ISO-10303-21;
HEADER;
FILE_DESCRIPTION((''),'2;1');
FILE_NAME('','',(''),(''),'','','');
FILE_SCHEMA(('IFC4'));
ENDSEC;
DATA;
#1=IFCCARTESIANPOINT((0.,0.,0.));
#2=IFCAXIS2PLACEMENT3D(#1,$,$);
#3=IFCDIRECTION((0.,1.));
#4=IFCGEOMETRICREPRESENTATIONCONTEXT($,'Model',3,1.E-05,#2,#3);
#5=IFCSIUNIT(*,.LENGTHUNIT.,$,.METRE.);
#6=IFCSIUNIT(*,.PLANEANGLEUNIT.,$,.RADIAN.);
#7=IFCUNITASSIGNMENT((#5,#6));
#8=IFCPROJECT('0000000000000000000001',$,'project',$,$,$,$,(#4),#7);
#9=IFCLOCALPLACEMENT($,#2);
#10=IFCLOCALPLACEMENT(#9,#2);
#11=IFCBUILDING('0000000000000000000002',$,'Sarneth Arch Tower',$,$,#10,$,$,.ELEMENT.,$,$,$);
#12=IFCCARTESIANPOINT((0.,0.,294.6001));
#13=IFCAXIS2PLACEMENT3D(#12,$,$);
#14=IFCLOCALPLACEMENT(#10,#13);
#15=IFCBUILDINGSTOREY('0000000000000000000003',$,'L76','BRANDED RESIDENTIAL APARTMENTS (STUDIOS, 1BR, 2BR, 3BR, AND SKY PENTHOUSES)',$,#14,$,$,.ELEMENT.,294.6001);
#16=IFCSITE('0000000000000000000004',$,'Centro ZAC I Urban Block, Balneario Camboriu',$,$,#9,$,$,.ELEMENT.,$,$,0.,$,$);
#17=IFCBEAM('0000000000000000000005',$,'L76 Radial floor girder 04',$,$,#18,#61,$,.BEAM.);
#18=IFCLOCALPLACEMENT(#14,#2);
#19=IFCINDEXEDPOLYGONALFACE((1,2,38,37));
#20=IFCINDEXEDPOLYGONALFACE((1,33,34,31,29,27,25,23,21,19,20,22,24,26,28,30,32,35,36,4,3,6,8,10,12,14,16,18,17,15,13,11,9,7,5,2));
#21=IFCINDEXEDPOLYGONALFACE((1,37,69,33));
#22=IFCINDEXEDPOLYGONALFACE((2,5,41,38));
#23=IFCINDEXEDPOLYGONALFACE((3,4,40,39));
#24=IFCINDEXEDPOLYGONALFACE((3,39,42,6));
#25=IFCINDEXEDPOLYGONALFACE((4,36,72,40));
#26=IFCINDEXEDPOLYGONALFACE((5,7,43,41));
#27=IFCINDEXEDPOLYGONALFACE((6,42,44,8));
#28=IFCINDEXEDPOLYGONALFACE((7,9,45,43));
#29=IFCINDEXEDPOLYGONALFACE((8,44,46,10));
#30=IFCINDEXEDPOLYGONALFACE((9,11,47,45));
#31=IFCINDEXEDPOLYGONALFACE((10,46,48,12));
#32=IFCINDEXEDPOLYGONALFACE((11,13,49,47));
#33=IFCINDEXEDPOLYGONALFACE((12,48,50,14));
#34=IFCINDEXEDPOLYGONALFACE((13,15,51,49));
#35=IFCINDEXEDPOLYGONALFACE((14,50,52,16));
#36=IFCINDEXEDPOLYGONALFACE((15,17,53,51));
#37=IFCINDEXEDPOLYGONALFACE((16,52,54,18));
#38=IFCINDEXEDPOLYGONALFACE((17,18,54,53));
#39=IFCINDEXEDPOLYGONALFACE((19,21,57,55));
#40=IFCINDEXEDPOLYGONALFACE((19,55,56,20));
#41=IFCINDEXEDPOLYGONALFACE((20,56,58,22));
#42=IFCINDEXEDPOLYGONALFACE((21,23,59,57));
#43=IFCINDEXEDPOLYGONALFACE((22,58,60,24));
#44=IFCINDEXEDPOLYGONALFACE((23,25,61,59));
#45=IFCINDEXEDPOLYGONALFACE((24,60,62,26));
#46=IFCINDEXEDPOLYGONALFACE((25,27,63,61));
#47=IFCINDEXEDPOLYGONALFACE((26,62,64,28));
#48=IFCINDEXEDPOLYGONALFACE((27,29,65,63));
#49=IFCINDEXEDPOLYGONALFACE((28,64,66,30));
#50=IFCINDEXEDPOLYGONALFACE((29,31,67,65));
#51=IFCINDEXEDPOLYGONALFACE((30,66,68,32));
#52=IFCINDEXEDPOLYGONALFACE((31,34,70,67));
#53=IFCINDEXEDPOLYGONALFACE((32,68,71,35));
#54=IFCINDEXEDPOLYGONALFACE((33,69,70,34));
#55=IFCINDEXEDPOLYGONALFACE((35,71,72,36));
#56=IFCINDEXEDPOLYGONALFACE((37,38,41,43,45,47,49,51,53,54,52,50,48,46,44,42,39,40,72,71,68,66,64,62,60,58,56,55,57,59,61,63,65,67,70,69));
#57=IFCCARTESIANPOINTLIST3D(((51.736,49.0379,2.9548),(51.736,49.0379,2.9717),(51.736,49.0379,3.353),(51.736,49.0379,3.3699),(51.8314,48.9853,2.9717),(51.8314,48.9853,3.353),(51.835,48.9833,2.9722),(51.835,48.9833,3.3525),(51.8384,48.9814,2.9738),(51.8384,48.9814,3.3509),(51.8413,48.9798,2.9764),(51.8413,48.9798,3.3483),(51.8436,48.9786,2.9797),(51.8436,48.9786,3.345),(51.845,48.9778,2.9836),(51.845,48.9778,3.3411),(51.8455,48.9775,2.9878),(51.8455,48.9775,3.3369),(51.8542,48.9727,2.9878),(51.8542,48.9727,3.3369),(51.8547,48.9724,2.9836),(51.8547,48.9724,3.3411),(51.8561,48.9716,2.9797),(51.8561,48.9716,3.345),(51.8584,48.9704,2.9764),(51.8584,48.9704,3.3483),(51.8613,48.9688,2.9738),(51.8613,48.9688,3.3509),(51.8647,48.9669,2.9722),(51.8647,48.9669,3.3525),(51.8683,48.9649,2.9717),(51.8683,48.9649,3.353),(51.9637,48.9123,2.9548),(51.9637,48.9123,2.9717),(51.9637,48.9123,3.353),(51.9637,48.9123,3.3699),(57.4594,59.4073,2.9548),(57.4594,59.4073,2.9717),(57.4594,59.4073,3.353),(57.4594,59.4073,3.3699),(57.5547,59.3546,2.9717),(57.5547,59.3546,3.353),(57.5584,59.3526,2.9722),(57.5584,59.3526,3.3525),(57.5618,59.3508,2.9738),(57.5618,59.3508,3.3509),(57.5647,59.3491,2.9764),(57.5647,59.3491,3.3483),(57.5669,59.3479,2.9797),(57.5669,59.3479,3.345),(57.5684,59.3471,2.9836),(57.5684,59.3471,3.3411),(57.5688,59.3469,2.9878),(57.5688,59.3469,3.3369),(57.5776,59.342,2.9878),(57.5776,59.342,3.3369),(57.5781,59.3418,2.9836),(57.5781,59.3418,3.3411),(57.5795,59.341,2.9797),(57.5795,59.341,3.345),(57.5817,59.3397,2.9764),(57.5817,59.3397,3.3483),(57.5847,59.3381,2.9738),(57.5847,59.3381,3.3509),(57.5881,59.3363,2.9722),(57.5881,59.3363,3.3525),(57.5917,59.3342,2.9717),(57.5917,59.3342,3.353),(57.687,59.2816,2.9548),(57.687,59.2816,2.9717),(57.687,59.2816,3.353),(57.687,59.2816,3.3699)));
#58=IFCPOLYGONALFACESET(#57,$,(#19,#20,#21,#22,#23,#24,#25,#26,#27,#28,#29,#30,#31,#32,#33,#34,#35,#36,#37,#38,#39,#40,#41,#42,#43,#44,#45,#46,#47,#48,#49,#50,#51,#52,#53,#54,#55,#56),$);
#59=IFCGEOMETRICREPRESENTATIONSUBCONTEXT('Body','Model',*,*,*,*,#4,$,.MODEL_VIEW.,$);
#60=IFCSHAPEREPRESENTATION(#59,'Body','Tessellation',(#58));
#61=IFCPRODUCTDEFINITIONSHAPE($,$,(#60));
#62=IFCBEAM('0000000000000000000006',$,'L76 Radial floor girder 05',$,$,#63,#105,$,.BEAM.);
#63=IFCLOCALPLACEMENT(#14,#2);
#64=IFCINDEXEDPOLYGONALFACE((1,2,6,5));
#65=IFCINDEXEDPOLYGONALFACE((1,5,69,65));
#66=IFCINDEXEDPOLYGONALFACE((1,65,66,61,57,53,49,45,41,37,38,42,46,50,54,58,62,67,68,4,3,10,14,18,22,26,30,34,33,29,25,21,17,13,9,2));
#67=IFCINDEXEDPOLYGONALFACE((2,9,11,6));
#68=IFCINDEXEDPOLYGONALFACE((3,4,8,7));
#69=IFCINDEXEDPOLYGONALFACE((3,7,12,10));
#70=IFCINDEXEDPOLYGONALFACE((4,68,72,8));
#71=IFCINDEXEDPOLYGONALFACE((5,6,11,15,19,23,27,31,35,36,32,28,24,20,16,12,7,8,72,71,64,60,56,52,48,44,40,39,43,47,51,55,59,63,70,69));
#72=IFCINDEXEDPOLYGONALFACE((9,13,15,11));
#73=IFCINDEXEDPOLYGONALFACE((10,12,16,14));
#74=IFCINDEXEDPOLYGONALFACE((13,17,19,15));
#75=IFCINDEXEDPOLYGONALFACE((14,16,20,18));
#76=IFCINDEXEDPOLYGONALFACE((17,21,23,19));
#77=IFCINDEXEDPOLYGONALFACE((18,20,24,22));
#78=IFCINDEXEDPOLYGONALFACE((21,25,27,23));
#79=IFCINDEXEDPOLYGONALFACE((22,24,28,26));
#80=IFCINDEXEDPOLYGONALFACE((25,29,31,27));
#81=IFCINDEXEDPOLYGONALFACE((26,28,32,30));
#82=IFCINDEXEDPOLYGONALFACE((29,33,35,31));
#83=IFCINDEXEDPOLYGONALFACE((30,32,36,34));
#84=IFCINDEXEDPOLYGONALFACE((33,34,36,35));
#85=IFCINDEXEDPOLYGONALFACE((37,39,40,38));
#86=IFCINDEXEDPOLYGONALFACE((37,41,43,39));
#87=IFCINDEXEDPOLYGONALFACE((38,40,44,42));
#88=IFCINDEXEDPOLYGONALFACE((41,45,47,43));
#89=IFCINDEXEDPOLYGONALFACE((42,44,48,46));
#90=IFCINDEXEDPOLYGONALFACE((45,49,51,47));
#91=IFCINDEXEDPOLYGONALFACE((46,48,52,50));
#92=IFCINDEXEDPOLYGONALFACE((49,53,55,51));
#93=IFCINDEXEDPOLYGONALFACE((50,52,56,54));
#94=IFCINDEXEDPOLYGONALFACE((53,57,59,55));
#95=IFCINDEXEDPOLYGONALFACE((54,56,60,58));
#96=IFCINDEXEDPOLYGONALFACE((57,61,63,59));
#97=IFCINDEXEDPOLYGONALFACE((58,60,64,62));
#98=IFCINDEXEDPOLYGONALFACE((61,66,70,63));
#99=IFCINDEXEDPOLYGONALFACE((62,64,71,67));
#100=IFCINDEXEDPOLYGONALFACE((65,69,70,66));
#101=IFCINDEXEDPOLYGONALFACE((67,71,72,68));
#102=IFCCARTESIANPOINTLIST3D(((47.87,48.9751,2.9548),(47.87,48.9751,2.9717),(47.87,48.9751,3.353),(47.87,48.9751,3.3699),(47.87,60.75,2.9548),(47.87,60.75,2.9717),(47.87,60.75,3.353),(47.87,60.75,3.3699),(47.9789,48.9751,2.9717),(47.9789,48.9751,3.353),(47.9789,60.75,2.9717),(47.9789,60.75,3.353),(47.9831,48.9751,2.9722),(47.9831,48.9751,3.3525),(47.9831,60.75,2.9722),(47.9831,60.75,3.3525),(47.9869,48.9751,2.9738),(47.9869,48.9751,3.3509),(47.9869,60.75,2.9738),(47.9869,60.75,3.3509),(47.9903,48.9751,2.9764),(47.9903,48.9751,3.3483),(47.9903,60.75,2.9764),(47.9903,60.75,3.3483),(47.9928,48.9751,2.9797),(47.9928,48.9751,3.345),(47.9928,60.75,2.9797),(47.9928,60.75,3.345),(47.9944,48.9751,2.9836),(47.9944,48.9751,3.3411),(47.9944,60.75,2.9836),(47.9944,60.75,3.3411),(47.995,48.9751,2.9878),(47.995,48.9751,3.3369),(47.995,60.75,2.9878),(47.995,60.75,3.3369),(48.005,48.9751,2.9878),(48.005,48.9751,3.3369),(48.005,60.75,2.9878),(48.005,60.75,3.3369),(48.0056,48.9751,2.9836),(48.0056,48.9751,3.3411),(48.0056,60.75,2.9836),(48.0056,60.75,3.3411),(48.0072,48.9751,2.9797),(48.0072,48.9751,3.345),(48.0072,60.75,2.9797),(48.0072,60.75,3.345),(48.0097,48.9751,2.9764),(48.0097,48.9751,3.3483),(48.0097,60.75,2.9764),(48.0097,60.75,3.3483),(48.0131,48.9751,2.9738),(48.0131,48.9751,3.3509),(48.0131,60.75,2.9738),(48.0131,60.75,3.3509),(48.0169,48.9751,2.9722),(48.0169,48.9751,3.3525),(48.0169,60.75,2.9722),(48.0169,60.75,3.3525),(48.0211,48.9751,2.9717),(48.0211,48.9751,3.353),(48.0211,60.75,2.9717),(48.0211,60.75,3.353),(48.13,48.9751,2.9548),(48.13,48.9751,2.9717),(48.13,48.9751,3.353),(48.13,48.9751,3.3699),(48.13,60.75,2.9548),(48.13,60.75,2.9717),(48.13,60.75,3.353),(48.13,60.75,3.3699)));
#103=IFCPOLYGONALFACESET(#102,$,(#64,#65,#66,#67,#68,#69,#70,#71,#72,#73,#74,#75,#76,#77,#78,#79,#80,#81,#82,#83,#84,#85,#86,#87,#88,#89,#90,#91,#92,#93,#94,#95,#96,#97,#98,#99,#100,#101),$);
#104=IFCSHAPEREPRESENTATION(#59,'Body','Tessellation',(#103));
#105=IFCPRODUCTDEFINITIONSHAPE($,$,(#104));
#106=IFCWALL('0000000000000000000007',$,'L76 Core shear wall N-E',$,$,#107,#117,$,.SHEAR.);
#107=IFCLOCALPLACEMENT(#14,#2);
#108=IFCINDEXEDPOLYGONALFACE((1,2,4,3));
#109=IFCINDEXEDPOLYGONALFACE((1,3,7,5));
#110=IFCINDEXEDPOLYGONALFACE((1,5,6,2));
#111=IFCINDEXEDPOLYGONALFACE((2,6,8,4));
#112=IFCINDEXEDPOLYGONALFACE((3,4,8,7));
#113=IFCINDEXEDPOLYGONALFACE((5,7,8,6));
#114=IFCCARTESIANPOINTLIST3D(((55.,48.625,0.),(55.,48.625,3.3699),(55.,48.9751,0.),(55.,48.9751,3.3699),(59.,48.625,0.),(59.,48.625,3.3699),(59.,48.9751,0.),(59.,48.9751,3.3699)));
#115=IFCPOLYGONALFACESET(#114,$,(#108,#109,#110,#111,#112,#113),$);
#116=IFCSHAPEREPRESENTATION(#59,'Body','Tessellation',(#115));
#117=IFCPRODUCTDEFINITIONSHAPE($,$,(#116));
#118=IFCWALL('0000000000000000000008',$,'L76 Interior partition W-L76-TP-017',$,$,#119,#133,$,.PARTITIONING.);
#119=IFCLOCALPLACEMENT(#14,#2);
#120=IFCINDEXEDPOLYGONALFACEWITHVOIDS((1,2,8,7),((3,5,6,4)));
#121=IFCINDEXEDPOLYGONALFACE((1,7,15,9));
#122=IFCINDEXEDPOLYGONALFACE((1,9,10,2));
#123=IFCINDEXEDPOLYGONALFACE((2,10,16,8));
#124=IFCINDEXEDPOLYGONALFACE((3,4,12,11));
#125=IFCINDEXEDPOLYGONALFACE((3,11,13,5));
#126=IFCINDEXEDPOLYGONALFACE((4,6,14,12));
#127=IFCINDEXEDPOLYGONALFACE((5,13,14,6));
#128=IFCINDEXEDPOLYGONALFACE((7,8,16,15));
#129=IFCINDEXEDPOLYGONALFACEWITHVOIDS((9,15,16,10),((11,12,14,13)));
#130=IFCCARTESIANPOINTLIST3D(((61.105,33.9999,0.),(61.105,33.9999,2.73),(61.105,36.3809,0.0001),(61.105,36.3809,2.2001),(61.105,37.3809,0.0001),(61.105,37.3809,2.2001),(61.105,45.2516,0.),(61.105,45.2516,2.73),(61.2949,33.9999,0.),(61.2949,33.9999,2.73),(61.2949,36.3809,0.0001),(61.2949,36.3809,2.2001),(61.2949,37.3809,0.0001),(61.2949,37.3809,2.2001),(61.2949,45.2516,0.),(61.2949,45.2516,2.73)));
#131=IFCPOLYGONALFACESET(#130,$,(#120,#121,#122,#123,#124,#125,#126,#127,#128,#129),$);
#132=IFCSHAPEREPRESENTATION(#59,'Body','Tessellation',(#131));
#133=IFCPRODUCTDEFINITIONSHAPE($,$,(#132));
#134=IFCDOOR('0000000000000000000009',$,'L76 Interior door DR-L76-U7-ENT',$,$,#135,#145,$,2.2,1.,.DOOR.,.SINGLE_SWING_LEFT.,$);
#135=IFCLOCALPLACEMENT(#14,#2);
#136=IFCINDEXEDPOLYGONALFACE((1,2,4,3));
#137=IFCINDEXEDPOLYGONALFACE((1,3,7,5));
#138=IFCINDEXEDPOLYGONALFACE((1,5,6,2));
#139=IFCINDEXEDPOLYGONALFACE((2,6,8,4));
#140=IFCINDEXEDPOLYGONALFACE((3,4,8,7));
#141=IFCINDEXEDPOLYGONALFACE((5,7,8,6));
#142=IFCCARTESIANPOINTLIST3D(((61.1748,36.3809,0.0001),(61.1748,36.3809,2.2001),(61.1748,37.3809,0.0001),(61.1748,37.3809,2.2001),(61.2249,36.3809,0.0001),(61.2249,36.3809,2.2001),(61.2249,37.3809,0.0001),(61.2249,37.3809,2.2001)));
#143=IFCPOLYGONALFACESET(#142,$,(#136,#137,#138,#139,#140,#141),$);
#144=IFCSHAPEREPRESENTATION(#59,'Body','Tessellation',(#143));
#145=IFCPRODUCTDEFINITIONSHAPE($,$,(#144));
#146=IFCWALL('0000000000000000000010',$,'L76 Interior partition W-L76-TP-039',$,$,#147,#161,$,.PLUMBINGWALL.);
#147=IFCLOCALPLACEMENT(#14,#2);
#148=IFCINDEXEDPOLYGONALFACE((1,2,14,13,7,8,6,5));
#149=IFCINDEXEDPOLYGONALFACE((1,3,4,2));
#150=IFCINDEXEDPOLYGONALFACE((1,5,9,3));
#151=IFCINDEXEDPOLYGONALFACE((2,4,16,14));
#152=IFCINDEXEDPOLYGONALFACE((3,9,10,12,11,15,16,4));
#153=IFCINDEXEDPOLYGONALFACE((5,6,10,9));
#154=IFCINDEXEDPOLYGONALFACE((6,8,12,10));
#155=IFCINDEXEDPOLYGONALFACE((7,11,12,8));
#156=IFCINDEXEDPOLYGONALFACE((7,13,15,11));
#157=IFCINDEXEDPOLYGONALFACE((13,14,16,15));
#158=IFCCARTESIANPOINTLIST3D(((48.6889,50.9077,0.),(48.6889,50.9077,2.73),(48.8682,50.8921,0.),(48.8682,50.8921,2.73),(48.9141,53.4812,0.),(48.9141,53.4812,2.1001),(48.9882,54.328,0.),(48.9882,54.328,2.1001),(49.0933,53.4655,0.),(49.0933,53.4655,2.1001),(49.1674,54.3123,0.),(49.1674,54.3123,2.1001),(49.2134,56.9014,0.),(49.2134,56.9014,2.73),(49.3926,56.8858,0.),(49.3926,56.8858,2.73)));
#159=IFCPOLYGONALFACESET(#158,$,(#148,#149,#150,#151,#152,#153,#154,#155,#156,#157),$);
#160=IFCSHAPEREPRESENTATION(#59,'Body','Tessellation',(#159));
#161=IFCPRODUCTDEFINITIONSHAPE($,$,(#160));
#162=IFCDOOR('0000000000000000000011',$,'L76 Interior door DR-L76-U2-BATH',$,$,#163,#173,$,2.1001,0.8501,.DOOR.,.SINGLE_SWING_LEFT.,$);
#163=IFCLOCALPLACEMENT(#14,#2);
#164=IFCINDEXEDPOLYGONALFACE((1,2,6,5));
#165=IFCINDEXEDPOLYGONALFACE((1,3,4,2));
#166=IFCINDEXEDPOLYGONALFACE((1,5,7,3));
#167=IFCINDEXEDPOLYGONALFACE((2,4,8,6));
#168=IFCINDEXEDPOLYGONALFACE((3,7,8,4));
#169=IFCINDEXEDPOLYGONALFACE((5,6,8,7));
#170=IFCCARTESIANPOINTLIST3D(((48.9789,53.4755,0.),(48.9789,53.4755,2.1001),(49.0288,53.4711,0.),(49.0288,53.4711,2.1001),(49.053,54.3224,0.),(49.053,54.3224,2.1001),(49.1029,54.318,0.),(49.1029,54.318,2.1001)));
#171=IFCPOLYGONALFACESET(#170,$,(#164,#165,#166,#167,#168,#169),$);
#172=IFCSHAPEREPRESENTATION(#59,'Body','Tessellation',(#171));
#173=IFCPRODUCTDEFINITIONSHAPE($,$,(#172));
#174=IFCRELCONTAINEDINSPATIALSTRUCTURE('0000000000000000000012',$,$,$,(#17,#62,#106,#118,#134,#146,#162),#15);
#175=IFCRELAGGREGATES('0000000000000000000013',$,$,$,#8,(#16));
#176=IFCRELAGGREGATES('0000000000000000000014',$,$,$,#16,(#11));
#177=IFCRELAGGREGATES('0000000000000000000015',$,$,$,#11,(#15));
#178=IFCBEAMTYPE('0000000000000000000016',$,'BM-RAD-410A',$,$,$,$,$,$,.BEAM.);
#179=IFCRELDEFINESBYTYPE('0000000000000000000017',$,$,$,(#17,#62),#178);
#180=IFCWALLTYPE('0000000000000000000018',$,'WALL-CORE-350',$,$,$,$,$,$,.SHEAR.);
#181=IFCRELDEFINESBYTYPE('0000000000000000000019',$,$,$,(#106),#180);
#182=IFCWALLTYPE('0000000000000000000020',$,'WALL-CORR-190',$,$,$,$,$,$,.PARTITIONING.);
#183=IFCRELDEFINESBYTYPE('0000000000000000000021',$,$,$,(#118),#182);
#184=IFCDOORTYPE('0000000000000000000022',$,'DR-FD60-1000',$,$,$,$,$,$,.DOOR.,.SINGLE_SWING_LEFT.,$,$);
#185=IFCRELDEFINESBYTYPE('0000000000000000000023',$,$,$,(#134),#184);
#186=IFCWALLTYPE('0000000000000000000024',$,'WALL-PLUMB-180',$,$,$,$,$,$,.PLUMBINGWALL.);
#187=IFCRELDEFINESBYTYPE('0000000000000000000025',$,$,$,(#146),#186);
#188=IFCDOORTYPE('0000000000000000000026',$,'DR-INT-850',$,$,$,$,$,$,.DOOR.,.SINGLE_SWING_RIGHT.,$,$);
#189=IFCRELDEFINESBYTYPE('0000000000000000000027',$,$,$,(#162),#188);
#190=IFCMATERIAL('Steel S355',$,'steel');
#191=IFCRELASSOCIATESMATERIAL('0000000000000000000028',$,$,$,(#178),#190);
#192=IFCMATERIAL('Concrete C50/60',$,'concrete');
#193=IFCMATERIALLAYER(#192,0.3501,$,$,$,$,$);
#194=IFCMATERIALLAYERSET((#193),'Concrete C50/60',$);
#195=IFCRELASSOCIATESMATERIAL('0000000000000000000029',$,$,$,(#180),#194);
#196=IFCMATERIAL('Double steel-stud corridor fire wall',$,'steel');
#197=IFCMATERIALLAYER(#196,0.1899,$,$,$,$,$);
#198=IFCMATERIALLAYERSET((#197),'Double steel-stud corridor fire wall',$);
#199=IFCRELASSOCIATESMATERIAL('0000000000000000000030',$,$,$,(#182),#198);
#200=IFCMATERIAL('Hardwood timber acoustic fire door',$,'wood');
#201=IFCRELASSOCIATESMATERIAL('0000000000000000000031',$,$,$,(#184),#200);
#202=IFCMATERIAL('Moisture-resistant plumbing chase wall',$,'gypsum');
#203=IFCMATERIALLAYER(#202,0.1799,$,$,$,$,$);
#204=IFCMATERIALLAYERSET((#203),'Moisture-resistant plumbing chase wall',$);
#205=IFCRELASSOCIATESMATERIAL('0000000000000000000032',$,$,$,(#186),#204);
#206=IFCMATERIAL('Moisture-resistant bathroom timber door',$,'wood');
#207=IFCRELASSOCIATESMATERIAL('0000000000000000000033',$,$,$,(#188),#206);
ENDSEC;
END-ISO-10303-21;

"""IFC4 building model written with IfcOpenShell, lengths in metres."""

from ifc_helpers import new_model, si_unit, direction, frame, frame_2d, origin, origin_2d, place, context, subcontext, project, spatial, rectangle, i_section, extrude, material, layer, layer_set, material_profile, profile_set, type_object, element, fill, save


model = new_model("IFC4")

# Units and contexts
model_context = context("Model", 3, precision=1e-05, world=origin(), true_north=direction((0.0, 1.0)))
body_context = subcontext(model_context, "Body", "Model", "MODEL_VIEW")
ifc_project = project(units=[si_unit("LENGTHUNIT", "METRE"), si_unit("PLANEANGLEUNIT", "RADIAN")], contexts=[model_context])

# Site, building, storey
site_placement = place(None, origin())
site = spatial("IfcSite", under=ifc_project, at=site_placement, Name="Centro ZAC I Urban Block, Balneario Camboriu", CompositionType="ELEMENT", RefElevation=0.0)
building_placement = place(site_placement, origin())
building = spatial("IfcBuilding", under=site, at=building_placement, Name="Sarneth Arch Tower", CompositionType="ELEMENT")
storey_placement = place(building_placement, frame((0.0, 0.0, 294.6001)))
storey = spatial("IfcBuildingStorey", under=building, at=storey_placement, Name="L76", Description="BRANDED RESIDENTIAL APARTMENTS (STUDIOS, 1BR, 2BR, 3BR, AND SKY PENTHOUSES)", CompositionType="ELEMENT", Elevation=294.6001)

# Beams
ifc_material_1 = material(Name="Steel S355", Category="steel")
ifc_material_profile_1 = material_profile(ifc_material_1, i_section(OverallWidth=0.26, OverallDepth=0.415, WebThickness=0.01, FlangeThickness=0.0168, FilletRadius=0.0161, at=origin_2d()), Name="W410x100")
ifc_profile_set_1 = profile_set([ifc_material_profile_1], Name="Steel S355")
beam_type_1 = type_object("IfcBeamType", Name="BM-RAD-410A", PredefinedType="BEAM", material=ifc_profile_set_1)
beam_1_placement = place(storey_placement, frame((51.8499, 48.9751, 3.1624), z_axis=(0.483229, 0.875494, 0.0), x_axis=(-0.875494, 0.483229, 0.0)))
element("IfcBeam", 1, at=beam_1_placement, inside=storey, type_object=beam_type_1, Name="L76 Radial floor girder 04", PredefinedType="BEAM", context=body_context, shape_type="SweptSolid", body=[
    extrude(i_section(OverallWidth=0.26, OverallDepth=0.415, WebThickness=0.01, FlangeThickness=0.0168, FilletRadius=0.0161, at=origin_2d()), origin(), (0.0, 0.0, 1.0), 11.844),
])
beam_2_placement = place(storey_placement, frame((48.0, 48.9751, 3.1624), z_axis=(0.0, 1.0, 0.0), x_axis=(-1.0, 0.0, 0.0)))
element("IfcBeam", 2, at=beam_2_placement, inside=storey, type_object=beam_type_1, Name="L76 Radial floor girder 05", PredefinedType="BEAM", context=body_context, shape_type="SweptSolid", body=[
    extrude(i_section(OverallWidth=0.26, OverallDepth=0.415, WebThickness=0.01, FlangeThickness=0.0168, FilletRadius=0.0161, at=origin_2d()), origin(), (0.0, 0.0, 1.0), 11.7749),
])

# Wall
ifc_material_2 = material(Name="Concrete C50/60", Category="concrete")
ifc_layer_1 = layer(ifc_material_2, 0.3501)
ifc_layer_set_1 = layer_set([ifc_layer_1], Name="Concrete C50/60")
wall_type_1 = type_object("IfcWallType", Name="WALL-CORE-350", PredefinedType="SHEAR", material=ifc_layer_set_1)
wall_1_placement = place(storey_placement, frame((55.0, 48.8, 0.0), z_axis=(0.0, 0.0, 1.0), x_axis=(1.0, 0.0, 0.0)))
element("IfcWall", 3, at=wall_1_placement, inside=storey, type_object=wall_type_1, Name="L76 Core shear wall N-E", PredefinedType="SHEAR", context=body_context, shape_type="SweptSolid", body=[
    extrude(rectangle(XDim=4.0, YDim=0.3501, at=frame_2d((2.0, 0.0))), origin(), (0.0, 0.0, 1.0), 3.3699),
])

# Walls, openings, doors
ifc_material_3 = material(Name="Double steel-stud corridor fire wall", Category="steel")
ifc_layer_2 = layer(ifc_material_3, 0.1899)
ifc_layer_set_2 = layer_set([ifc_layer_2], Name="Double steel-stud corridor fire wall")
wall_type_2 = type_object("IfcWallType", Name="WALL-CORR-190", PredefinedType="PARTITIONING", material=ifc_layer_set_2)
wall_2_placement = place(storey_placement, frame((61.2, 45.2517, 0.0), z_axis=(0.0, 0.0, 1.0), x_axis=(0.0, -1.0, 0.0)))
wall_2 = element("IfcWall", 4, at=wall_2_placement, inside=storey, type_object=wall_type_2, Name="L76 Interior partition W-L76-TP-017", PredefinedType="PARTITIONING", context=body_context, shape_type="SweptSolid", body=[
    extrude(rectangle(XDim=11.2517, YDim=0.1899, at=frame_2d((5.626, 0.0))), origin(), (0.0, 0.0, 1.0), 2.73),
])
opening_1_placement = place(wall_2_placement, frame((7.8708, 0.0, 0.0)))
opening_1 = element("IfcOpeningElement", 5, at=opening_1_placement, cuts=wall_2, PredefinedType="OPENING", context=body_context, shape_type="SweptSolid", body=[
    extrude(rectangle(XDim=1.0, YDim=2.2, at=frame_2d((0.5, 1.1001))), frame((0.0, 0.105, 0.0), z_axis=(0.0, -1.0, 0.0), x_axis=(1.0, 0.0, 0.0)), (0.0, 0.0, 1.0), 0.21),
])
ifc_material_4 = material(Name="Hardwood timber acoustic fire door", Category="wood")
door_type_1 = type_object("IfcDoorType", Name="DR-FD60-1000", OperationType="SINGLE_SWING_LEFT", PredefinedType="DOOR", material=ifc_material_4)
door_1_placement = place(opening_1_placement, origin())
door_1 = element("IfcDoor", 6, at=door_1_placement, inside=storey, type_object=door_type_1, Name="L76 Interior door DR-L76-U7-ENT", OperationType="SINGLE_SWING_LEFT", OverallHeight=2.2, OverallWidth=1.0, PredefinedType="DOOR", context=body_context, shape_type="SweptSolid", body=[
    extrude(rectangle(XDim=1.0, YDim=2.2, at=frame_2d((0.5, 1.1001))), frame((0.0, 0.0249, 0.0), z_axis=(0.0, -1.0, 0.0), x_axis=(1.0, 0.0, 0.0)), (0.0, 0.0, 1.0), 0.05),
])
fill(opening_1, door_1)
ifc_material_5 = material(Name="Moisture-resistant plumbing chase wall", Category="gypsum")
ifc_layer_3 = layer(ifc_material_5, 0.1799)
ifc_layer_set_3 = layer_set([ifc_layer_3], Name="Moisture-resistant plumbing chase wall")
wall_type_3 = type_object("IfcWallType", Name="WALL-PLUMB-180", PredefinedType="PLUMBINGWALL", material=ifc_layer_set_3)
wall_3_placement = place(storey_placement, frame((48.7786, 50.8999, 0.0), z_axis=(0.0, 0.0, 1.0), x_axis=(0.087162, 0.996194, 0.0)))
wall_3 = element("IfcWall", 7, at=wall_3_placement, inside=storey, type_object=wall_type_3, Name="L76 Interior partition W-L76-TP-039", PredefinedType="PLUMBINGWALL", context=body_context, shape_type="SweptSolid", body=[
    extrude(rectangle(XDim=6.0166, YDim=0.1799, at=frame_2d((3.0083, 0.0))), origin(), (0.0, 0.0, 1.0), 2.73),
])
opening_2_placement = place(wall_3_placement, frame((2.5833, 0.0, 0.0)))
opening_2 = element("IfcOpeningElement", 8, at=opening_2_placement, cuts=wall_3, PredefinedType="OPENING", context=body_context, shape_type="SweptSolid", body=[
    extrude(rectangle(XDim=0.8501, YDim=2.1001, at=frame_2d((0.425, 1.05))), frame((0.0, 0.0999, 0.0), z_axis=(0.0, -1.0, 0.0), x_axis=(1.0, 0.0, 0.0)), (0.0, 0.0, 1.0), 0.2),
])
ifc_material_6 = material(Name="Moisture-resistant bathroom timber door", Category="wood")
door_type_2 = type_object("IfcDoorType", Name="DR-INT-850", OperationType="SINGLE_SWING_RIGHT", PredefinedType="DOOR", material=ifc_material_6)
door_2_placement = place(opening_2_placement, origin())
door_2 = element("IfcDoor", 9, at=door_2_placement, inside=storey, type_object=door_type_2, Name="L76 Interior door DR-L76-U2-BATH", OperationType="SINGLE_SWING_LEFT", OverallHeight=2.1001, OverallWidth=0.8501, PredefinedType="DOOR", context=body_context, shape_type="SweptSolid", body=[
    extrude(rectangle(XDim=0.8501, YDim=2.1001, at=frame_2d((0.425, 1.05))), frame((0.0, 0.0249, 0.0), z_axis=(0.0, -1.0, 0.0), x_axis=(1.0, 0.0, 0.0)), (0.0, 0.0, 1.0), 0.05),
])
fill(opening_2, door_2)

save(model, "model.ifc")
